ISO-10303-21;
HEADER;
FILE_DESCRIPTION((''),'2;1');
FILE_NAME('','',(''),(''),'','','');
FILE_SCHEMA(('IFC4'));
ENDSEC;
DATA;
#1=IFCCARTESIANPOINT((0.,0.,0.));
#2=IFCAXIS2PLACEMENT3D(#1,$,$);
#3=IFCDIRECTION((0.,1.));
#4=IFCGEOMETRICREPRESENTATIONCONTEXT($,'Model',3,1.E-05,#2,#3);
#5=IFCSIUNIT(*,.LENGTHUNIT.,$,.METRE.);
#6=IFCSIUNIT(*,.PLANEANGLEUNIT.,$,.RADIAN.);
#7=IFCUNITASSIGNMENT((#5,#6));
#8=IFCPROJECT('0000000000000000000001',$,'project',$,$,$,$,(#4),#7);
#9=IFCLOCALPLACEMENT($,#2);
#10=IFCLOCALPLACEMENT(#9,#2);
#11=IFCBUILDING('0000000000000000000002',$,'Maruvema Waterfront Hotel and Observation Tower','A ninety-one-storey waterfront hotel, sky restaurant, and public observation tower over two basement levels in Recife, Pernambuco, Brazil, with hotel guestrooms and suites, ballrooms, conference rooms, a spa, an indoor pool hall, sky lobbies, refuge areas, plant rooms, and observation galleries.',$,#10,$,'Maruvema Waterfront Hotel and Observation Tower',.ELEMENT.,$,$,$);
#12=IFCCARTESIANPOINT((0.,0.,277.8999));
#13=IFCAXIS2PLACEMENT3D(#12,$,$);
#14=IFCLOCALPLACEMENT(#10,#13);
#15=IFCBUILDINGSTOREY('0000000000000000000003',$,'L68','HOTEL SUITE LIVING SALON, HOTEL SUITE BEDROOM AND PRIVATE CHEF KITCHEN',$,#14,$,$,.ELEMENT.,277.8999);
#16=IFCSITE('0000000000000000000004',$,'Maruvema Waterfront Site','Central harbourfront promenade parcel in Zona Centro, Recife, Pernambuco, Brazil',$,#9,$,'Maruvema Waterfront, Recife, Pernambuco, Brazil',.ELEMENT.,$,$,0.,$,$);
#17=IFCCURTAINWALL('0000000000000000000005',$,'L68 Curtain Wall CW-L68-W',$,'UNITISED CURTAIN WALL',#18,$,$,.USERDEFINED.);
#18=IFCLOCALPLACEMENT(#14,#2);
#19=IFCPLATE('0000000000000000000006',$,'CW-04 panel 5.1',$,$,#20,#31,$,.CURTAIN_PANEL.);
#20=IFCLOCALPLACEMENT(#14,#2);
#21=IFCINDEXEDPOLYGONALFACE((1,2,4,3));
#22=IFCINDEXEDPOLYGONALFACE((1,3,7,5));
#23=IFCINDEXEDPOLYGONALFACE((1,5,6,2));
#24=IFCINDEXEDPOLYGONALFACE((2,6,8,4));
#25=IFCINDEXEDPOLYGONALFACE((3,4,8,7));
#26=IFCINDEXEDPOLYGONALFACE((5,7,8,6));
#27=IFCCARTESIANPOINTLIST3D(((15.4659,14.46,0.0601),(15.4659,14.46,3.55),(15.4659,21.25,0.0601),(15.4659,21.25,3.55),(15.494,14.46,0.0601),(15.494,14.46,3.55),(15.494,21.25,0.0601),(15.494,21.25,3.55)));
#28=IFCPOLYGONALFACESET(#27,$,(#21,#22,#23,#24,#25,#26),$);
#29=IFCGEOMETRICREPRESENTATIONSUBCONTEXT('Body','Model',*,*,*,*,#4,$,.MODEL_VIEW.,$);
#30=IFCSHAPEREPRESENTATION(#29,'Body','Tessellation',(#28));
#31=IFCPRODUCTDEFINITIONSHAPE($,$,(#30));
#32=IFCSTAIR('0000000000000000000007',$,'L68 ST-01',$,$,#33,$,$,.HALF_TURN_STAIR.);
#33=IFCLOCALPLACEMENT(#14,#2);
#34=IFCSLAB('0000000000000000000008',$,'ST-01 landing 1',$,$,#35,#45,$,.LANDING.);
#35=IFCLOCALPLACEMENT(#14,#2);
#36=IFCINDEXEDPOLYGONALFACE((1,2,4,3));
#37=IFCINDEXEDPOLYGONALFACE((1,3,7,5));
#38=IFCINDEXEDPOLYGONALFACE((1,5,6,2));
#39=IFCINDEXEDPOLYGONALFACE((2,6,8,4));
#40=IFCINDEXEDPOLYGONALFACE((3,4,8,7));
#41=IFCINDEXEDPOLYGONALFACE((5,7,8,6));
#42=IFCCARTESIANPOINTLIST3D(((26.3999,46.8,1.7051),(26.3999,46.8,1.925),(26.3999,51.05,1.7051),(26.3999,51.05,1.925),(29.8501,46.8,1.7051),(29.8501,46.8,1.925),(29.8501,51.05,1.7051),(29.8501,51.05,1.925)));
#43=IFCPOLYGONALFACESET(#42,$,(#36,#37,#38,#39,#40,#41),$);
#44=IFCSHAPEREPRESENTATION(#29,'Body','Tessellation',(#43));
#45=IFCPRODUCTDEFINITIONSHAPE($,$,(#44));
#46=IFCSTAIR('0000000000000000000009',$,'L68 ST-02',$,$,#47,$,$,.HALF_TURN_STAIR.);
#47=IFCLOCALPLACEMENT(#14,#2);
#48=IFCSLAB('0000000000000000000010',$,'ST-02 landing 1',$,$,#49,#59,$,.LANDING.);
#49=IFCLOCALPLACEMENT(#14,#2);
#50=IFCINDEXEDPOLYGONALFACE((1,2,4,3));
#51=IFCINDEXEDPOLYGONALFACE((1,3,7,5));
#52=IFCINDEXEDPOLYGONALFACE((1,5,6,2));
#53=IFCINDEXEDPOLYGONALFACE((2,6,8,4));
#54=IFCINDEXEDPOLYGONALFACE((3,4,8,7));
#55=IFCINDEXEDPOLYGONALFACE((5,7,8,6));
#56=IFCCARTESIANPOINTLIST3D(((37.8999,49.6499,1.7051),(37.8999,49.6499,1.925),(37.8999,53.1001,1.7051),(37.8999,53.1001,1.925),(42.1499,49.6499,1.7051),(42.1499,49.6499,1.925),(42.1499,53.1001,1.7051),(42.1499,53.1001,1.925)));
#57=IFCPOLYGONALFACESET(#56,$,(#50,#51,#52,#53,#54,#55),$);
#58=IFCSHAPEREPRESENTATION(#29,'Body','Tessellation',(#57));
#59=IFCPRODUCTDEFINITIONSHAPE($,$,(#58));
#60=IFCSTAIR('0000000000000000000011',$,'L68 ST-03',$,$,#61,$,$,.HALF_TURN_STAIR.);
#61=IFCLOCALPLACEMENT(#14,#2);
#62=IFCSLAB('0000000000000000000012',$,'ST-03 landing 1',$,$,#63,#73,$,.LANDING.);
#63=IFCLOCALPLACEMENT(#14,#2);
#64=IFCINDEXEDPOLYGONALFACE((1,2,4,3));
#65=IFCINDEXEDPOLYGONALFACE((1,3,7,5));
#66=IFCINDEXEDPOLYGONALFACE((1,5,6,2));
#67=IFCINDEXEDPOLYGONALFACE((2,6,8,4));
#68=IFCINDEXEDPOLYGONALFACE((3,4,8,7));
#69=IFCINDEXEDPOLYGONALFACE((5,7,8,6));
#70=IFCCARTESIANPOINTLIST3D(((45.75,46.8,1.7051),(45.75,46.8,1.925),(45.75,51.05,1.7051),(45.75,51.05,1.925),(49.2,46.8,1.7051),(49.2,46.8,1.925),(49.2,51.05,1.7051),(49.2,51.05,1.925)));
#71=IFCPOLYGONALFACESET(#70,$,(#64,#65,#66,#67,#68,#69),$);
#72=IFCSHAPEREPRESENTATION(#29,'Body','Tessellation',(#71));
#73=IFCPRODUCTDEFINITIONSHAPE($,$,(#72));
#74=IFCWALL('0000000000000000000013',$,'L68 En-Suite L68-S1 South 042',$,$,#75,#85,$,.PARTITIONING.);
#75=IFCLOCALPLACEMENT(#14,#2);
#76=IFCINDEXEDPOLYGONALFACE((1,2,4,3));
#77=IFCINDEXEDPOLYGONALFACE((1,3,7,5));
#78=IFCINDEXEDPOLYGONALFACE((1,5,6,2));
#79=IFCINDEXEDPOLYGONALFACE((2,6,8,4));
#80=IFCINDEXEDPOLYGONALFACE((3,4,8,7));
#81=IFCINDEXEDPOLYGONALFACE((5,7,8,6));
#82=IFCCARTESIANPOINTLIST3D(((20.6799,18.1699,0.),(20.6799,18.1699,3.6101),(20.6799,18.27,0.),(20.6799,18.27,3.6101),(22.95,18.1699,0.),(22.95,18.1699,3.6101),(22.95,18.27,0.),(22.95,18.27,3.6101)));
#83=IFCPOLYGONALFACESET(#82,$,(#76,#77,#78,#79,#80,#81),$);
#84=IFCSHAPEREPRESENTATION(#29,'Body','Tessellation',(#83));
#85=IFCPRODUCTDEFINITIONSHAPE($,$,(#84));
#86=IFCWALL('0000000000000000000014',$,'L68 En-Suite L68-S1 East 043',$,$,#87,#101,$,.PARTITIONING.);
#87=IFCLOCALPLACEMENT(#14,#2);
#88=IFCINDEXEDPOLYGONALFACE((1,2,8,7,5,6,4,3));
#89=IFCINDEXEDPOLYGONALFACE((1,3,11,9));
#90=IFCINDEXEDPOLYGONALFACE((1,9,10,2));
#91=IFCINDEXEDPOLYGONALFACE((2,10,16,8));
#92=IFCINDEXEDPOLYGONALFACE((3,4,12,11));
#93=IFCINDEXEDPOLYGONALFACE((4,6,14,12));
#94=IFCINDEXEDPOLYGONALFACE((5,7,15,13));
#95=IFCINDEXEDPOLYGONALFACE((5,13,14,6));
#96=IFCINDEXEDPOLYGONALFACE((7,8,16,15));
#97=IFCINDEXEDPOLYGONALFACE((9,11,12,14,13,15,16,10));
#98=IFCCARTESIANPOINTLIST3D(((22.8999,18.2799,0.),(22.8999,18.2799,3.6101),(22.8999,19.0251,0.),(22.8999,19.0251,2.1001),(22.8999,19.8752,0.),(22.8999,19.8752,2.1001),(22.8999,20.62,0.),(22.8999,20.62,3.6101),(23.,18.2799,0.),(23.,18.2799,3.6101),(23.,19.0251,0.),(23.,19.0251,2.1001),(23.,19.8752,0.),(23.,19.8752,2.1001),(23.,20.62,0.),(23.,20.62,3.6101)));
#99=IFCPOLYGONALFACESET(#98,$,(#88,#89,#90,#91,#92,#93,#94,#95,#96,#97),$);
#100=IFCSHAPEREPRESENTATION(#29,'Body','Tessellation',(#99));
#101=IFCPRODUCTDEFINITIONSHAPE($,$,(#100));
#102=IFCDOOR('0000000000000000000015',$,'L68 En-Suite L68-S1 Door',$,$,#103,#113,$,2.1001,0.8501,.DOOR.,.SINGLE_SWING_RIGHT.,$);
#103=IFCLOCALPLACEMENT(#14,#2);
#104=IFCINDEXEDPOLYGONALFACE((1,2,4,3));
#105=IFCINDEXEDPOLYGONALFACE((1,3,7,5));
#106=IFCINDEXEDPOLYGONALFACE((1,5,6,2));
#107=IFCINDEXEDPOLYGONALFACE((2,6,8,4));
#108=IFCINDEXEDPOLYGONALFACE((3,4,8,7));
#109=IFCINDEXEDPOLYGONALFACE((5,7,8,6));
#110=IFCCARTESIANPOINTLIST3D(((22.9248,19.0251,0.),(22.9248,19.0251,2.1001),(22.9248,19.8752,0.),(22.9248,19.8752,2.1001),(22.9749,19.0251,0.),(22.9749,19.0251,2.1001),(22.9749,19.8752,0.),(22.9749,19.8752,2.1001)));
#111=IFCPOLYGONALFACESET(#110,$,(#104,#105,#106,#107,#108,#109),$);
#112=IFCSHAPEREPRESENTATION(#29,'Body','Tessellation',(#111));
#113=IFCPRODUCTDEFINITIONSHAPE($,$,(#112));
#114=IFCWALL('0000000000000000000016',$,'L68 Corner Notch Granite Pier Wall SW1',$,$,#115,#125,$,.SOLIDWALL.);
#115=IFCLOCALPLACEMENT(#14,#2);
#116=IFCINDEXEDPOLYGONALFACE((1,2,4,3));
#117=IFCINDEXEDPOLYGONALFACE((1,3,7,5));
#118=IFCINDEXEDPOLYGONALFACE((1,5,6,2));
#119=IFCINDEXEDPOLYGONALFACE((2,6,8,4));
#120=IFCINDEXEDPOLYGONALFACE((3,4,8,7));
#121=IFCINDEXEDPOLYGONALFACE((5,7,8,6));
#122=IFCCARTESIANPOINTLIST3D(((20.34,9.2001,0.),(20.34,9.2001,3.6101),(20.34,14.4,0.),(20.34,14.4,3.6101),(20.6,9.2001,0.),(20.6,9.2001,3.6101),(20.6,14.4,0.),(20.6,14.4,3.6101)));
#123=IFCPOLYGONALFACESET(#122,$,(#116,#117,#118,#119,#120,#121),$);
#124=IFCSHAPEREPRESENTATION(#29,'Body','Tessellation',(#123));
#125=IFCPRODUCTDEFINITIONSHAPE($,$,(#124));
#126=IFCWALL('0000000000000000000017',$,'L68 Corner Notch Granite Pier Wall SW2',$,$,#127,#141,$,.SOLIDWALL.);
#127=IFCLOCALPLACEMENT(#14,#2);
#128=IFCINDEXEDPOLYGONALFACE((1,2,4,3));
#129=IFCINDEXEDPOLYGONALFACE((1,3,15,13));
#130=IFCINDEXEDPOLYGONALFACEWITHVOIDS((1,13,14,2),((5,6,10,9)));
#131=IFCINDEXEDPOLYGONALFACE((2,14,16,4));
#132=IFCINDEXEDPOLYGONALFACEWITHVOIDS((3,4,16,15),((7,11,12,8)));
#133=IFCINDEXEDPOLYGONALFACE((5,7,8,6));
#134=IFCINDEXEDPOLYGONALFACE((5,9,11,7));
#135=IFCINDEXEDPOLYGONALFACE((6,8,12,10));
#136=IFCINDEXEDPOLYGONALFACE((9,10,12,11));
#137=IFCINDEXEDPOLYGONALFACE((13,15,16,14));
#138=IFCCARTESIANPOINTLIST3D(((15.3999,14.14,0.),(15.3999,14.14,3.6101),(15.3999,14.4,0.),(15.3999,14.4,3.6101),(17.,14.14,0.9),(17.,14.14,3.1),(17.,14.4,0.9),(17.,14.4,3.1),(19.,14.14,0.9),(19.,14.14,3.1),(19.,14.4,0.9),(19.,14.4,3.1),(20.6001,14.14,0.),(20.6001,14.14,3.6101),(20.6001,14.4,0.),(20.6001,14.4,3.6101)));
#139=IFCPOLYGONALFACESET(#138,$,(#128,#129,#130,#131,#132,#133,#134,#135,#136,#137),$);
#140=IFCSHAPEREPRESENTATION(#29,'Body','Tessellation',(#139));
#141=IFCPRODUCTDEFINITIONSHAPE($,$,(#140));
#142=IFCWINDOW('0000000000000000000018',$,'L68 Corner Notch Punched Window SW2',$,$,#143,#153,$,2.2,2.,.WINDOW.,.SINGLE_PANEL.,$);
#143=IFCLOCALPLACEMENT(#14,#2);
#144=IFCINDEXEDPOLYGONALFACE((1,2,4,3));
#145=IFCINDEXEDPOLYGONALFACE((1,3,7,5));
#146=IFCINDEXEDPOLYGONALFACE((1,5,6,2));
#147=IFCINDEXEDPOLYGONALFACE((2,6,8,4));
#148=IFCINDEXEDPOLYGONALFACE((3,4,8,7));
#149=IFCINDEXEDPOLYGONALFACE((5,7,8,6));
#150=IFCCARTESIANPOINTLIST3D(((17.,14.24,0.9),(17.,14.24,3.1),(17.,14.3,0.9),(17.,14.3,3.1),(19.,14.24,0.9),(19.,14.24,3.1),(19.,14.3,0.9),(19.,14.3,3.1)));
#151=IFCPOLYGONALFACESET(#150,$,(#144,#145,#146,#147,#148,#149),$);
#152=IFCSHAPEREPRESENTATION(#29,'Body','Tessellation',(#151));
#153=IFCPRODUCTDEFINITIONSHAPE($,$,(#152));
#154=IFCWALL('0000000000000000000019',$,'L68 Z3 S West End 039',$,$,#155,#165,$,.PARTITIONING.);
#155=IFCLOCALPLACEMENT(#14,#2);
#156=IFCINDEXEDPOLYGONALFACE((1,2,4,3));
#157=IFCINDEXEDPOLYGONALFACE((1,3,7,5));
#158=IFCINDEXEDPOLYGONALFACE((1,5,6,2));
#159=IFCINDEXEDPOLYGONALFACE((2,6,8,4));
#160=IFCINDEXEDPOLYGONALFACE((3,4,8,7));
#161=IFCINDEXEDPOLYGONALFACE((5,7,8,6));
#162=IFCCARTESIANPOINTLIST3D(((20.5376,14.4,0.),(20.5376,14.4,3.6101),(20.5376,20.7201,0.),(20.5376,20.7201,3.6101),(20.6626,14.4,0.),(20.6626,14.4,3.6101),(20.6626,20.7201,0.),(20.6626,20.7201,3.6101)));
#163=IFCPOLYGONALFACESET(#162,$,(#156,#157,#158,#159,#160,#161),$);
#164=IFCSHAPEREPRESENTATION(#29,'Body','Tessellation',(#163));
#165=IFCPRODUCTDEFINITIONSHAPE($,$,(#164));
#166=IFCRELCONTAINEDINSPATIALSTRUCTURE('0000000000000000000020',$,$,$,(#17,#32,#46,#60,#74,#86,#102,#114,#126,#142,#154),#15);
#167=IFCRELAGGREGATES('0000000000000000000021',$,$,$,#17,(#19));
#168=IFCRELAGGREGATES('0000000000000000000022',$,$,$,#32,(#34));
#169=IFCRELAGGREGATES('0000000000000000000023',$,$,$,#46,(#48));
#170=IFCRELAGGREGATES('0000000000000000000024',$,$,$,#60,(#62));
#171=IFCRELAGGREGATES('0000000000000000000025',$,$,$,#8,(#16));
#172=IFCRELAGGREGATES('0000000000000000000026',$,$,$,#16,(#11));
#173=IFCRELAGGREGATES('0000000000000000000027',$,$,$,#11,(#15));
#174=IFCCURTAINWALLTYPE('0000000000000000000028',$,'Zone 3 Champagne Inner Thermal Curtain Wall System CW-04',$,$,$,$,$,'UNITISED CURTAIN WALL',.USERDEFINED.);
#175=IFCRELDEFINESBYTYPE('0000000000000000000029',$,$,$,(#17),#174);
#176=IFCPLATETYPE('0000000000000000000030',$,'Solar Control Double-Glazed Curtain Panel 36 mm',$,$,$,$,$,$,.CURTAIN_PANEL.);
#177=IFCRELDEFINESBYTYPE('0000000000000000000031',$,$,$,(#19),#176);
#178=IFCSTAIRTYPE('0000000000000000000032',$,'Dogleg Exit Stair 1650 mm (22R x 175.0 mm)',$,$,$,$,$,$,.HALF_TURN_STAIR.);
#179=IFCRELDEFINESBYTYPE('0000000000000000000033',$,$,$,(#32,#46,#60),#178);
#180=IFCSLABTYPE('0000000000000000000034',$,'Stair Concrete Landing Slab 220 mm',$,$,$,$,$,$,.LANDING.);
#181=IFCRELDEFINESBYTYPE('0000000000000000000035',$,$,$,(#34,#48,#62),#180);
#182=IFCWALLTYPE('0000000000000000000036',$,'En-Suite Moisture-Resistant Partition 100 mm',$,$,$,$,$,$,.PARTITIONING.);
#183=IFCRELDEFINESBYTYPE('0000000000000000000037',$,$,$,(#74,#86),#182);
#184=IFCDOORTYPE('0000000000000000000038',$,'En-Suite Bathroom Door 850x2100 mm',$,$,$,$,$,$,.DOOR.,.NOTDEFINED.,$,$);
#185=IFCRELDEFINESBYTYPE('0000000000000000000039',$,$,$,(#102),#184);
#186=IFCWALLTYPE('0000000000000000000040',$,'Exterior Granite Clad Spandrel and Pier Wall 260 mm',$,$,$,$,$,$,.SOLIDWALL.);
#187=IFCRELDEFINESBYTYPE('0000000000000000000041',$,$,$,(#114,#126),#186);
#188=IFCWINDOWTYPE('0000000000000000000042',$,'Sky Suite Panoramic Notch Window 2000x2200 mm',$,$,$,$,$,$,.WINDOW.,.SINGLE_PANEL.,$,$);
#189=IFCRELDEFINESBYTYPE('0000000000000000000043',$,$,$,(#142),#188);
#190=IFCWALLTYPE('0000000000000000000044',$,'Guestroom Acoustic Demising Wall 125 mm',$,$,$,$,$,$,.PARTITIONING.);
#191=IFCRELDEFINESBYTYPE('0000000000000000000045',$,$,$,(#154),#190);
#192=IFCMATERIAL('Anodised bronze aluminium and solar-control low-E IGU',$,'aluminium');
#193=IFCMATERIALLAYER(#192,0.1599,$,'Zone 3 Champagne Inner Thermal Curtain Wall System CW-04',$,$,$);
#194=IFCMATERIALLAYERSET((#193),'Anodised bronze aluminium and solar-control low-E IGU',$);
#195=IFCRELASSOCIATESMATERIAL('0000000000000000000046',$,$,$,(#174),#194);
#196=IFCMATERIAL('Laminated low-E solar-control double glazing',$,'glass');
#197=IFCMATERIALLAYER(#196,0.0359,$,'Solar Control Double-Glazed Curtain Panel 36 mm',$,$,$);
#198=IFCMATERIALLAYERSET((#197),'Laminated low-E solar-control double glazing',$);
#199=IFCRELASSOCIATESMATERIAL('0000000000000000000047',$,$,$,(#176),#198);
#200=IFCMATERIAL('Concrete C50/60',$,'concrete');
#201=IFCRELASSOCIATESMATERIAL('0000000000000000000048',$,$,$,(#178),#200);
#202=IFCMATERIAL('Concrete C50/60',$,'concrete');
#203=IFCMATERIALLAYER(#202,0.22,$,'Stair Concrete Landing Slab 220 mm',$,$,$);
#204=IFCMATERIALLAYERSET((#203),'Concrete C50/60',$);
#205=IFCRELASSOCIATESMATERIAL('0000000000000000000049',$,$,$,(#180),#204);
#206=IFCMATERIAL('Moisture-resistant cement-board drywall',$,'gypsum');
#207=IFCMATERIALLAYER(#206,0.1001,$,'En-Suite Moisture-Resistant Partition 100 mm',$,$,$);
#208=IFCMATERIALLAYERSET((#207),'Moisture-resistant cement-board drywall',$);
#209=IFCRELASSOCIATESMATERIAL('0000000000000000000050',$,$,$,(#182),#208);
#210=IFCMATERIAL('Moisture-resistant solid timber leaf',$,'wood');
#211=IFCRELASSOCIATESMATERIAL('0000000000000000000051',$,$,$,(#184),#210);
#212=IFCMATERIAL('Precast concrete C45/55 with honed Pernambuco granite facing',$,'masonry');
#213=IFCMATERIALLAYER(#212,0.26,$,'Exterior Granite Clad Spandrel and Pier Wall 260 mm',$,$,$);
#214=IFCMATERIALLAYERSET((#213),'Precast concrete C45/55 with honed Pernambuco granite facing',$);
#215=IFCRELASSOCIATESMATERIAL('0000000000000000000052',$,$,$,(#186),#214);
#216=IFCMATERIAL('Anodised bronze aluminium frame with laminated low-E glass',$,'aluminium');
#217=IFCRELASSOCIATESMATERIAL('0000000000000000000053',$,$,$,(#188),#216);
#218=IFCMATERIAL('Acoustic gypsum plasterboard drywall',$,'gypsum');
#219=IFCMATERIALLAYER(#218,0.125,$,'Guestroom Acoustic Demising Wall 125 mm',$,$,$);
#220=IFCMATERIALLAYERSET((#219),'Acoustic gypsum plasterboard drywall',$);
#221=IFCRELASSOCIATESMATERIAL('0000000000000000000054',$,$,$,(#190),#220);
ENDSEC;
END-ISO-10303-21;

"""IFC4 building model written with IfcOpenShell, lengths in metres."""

from ifc_helpers import new_model, si_unit, direction, frame, frame_2d, origin, origin_2d, place, context, subcontext, project, spatial, polyline, rectangle, outline, extrude, material, layer, layer_set, type_object, element, fill, aggregate, save


model = new_model("IFC4")

# Units and contexts
model_context = context("Model", 3, precision=1e-05, world=origin(), true_north=direction((0.0, 1.0)))
body_context = subcontext(model_context, "Body", "Model", "MODEL_VIEW")
ifc_project = project(units=[si_unit("LENGTHUNIT", "METRE"), si_unit("PLANEANGLEUNIT", "RADIAN")], contexts=[model_context])

# Site, building, storey
site_placement = place(None, origin())
site = spatial("IfcSite", under=ifc_project, at=site_placement, Name="Maruvema Waterfront Site", Description="Central harbourfront promenade parcel in Zona Centro, Recife, Pernambuco, Brazil", LongName="Maruvema Waterfront, Recife, Pernambuco, Brazil", CompositionType="ELEMENT", RefElevation=0.0)
building_placement = place(site_placement, origin())
building = spatial("IfcBuilding", under=site, at=building_placement, Name="Maruvema Waterfront Hotel and Observation Tower", Description="A ninety-one-storey waterfront hotel, sky restaurant, and public observation tower over two basement levels in Recife, Pernambuco, Brazil, with hotel guestrooms and suites, ballrooms, conference rooms, a spa, an indoor pool hall, sky lobbies, refuge areas, plant rooms, and observation galleries.", LongName="Maruvema Waterfront Hotel and Observation Tower", CompositionType="ELEMENT")
storey_placement = place(building_placement, frame((0.0, 0.0, 277.8999)))
storey = spatial("IfcBuildingStorey", under=building, at=storey_placement, Name="L68", Description="HOTEL SUITE LIVING SALON, HOTEL SUITE BEDROOM AND PRIVATE CHEF KITCHEN", CompositionType="ELEMENT", Elevation=277.8999)

# Shared definitions
ifc_material_1 = material(Name="Anodised bronze aluminium and solar-control low-E IGU", Category="aluminium")
ifc_layer_1 = layer(ifc_material_1, 0.1599, Name="Zone 3 Champagne Inner Thermal Curtain Wall System CW-04")
ifc_layer_set_1 = layer_set([ifc_layer_1], Name="Anodised bronze aluminium and solar-control low-E IGU")
curtain_wall_type = type_object("IfcCurtainWallType", Name="Zone 3 Champagne Inner Thermal Curtain Wall System CW-04", ElementType="UNITISED CURTAIN WALL", PredefinedType="USERDEFINED", material=ifc_layer_set_1)

# Curtain wall
curtain_wall_1_placement = place(storey_placement, origin())
curtain_wall_1 = element("IfcCurtainWall", 1, at=curtain_wall_1_placement, inside=storey, type_object=curtain_wall_type, Name="L68 Curtain Wall CW-L68-W", ObjectType="UNITISED CURTAIN WALL", PredefinedType="USERDEFINED")

# Plate
ifc_material_2 = material(Name="Laminated low-E solar-control double glazing", Category="glass")
ifc_layer_2 = layer(ifc_material_2, 0.0359, Name="Solar Control Double-Glazed Curtain Panel 36 mm")
ifc_layer_set_2 = layer_set([ifc_layer_2], Name="Laminated low-E solar-control double glazing")
plate_type = type_object("IfcPlateType", Name="Solar Control Double-Glazed Curtain Panel 36 mm", PredefinedType="CURTAIN_PANEL", material=ifc_layer_set_2)
plate_1_placement = place(storey_placement, frame((15.48, 17.855, 0.0601), z_axis=(0.0, 0.0, 1.0), x_axis=(0.0, -1.0, 0.0)))
plate_1 = element("IfcPlate", 2, at=plate_1_placement, type_object=plate_type, Name="CW-04 panel 5.1", PredefinedType="CURTAIN_PANEL", context=body_context, shape_type="SweptSolid", body=[
    extrude(rectangle(XDim=6.79, YDim=0.0281, at=origin_2d()), origin(), (0.0, 0.0, 1.0), 3.49),
])
aggregate(curtain_wall_1, [plate_1])

# Stairs, slabs
ifc_material_3 = material(Name="Concrete C50/60", Category="concrete")
stair_type = type_object("IfcStairType", Name="Dogleg Exit Stair 1650 mm (22R x 175.0 mm)", PredefinedType="HALF_TURN_STAIR", material=ifc_material_3)
stair_1_placement = place(storey_placement, origin())
stair_1 = element("IfcStair", 3, at=stair_1_placement, inside=storey, type_object=stair_type, Name="L68 ST-01", PredefinedType="HALF_TURN_STAIR")
ifc_material_4 = material(Name="Concrete C50/60", Category="concrete")
ifc_layer_3 = layer(ifc_material_4, 0.22, Name="Stair Concrete Landing Slab 220 mm")
ifc_layer_set_3 = layer_set([ifc_layer_3], Name="Concrete C50/60")
slab_type_1 = type_object("IfcSlabType", Name="Stair Concrete Landing Slab 220 mm", PredefinedType="LANDING", material=ifc_layer_set_3)
slab_1_placement = place(storey_placement, frame((0.0, 0.0, 1.7051)))
slab_1 = element("IfcSlab", 4, at=slab_1_placement, type_object=slab_type_1, Name="ST-01 landing 1", PredefinedType="LANDING", context=body_context, shape_type="SweptSolid", body=[
    extrude(outline(polyline([(29.8501, 46.8), (29.8501, 51.05), (26.3999, 51.05), (26.3999, 46.8), (29.8501, 46.8)])), origin(), (0.0, 0.0, 1.0), 0.22),
])
aggregate(stair_1, [slab_1])
stair_2_placement = place(storey_placement, origin())
stair_2 = element("IfcStair", 5, at=stair_2_placement, inside=storey, type_object=stair_type, Name="L68 ST-02", PredefinedType="HALF_TURN_STAIR")
slab_2_placement = place(storey_placement, frame((0.0, 0.0, 1.7051)))
slab_2 = element("IfcSlab", 6, at=slab_2_placement, type_object=slab_type_1, Name="ST-02 landing 1", PredefinedType="LANDING", context=body_context, shape_type="SweptSolid", body=[
    extrude(outline(polyline([(37.8999, 49.6499), (42.1499, 49.6499), (42.1499, 53.1001), (37.8999, 53.1001), (37.8999, 49.6499)])), origin(), (0.0, 0.0, 1.0), 0.22),
])
aggregate(stair_2, [slab_2])
stair_3_placement = place(storey_placement, origin())
stair_3 = element("IfcStair", 7, at=stair_3_placement, inside=storey, type_object=stair_type, Name="L68 ST-03", PredefinedType="HALF_TURN_STAIR")
slab_3_placement = place(storey_placement, frame((0.0, 0.0, 1.7051)))
slab_3 = element("IfcSlab", 8, at=slab_3_placement, type_object=slab_type_1, Name="ST-03 landing 1", PredefinedType="LANDING", context=body_context, shape_type="SweptSolid", body=[
    extrude(outline(polyline([(49.2, 46.8), (49.2, 51.05), (45.75, 51.05), (45.75, 46.8), (49.2, 46.8)])), origin(), (0.0, 0.0, 1.0), 0.22),
])
aggregate(stair_3, [slab_3])

# Wall
ifc_material_5 = material(Name="Moisture-resistant cement-board drywall", Category="gypsum")
ifc_layer_4 = layer(ifc_material_5, 0.1001, Name="En-Suite Moisture-Resistant Partition 100 mm")
ifc_layer_set_4 = layer_set([ifc_layer_4], Name="Moisture-resistant cement-board drywall")
wall_type_1 = type_object("IfcWallType", Name="En-Suite Moisture-Resistant Partition 100 mm", PredefinedType="PARTITIONING", material=ifc_layer_set_4)
wall_1_placement = place(storey_placement, frame((20.6799, 18.22, 0.0), z_axis=(0.0, 0.0, 1.0), x_axis=(1.0, 0.0, 0.0)))
element("IfcWall", 9, at=wall_1_placement, inside=storey, type_object=wall_type_1, Name="L68 En-Suite L68-S1 South 042", PredefinedType="PARTITIONING", context=body_context, shape_type="SweptSolid", body=[
    extrude(rectangle(XDim=2.27, YDim=0.1001, at=frame_2d((1.135, 0.0))), origin(), (0.0, 0.0, 1.0), 3.6101),
])

# Wall, opening, door
wall_2_placement = place(storey_placement, frame((22.95, 18.28, 0.0), z_axis=(0.0, 0.0, 1.0), x_axis=(0.0, 1.0, 0.0)))
wall_2 = element("IfcWall", 10, at=wall_2_placement, inside=storey, type_object=wall_type_1, Name="L68 En-Suite L68-S1 East 043", PredefinedType="PARTITIONING", context=body_context, shape_type="SweptSolid", body=[
    extrude(rectangle(XDim=2.3401, YDim=0.1001, at=frame_2d((1.1699, 0.0))), origin(), (0.0, 0.0, 1.0), 3.6101),
])
opening_1_placement = place(wall_2_placement, frame((0.7451, 0.0, 0.0)))
opening_1 = element("IfcOpeningElement", 11, at=opening_1_placement, cuts=wall_2, PredefinedType="OPENING", context=body_context, shape_type="SweptSolid", body=[
    extrude(rectangle(XDim=0.8501, YDim=2.1001, at=frame_2d((0.425, 1.05))), frame((0.0, 0.0601, 0.0), z_axis=(0.0, -1.0, 0.0), x_axis=(1.0, 0.0, 0.0)), (0.0, 0.0, 1.0), 0.1201),
])
ifc_material_6 = material(Name="Moisture-resistant solid timber leaf", Category="wood")
door_type = type_object("IfcDoorType", Name="En-Suite Bathroom Door 850x2100 mm", OperationType="NOTDEFINED", PredefinedType="DOOR", material=ifc_material_6)
door_placement = place(opening_1_placement, frame((0.8501, 0.0, 0.0), z_axis=(0.0, 0.0, 1.0), x_axis=(-1.0, 0.0, 0.0)))
door = element("IfcDoor", 12, at=door_placement, inside=storey, type_object=door_type, Name="L68 En-Suite L68-S1 Door", OperationType="SINGLE_SWING_RIGHT", OverallHeight=2.1001, OverallWidth=0.8501, PredefinedType="DOOR", context=body_context, shape_type="SweptSolid", body=[
    extrude(rectangle(XDim=0.8501, YDim=2.1001, at=frame_2d((0.425, 1.05))), frame((0.0, 0.0249, 0.0), z_axis=(0.0, -1.0, 0.0), x_axis=(1.0, 0.0, 0.0)), (0.0, 0.0, 1.0), 0.05),
])
fill(opening_1, door)

# Wall
ifc_material_7 = material(Name="Precast concrete C45/55 with honed Pernambuco granite facing", Category="masonry")
ifc_layer_5 = layer(ifc_material_7, 0.26, Name="Exterior Granite Clad Spandrel and Pier Wall 260 mm")
ifc_layer_set_5 = layer_set([ifc_layer_5], Name="Precast concrete C45/55 with honed Pernambuco granite facing")
wall_type_2 = type_object("IfcWallType", Name="Exterior Granite Clad Spandrel and Pier Wall 260 mm", PredefinedType="SOLIDWALL", material=ifc_layer_set_5)
wall_3_placement = place(storey_placement, frame((20.47, 9.2, 0.0), z_axis=(0.0, 0.0, 1.0), x_axis=(0.0, 1.0, 0.0)))
element("IfcWall", 13, at=wall_3_placement, inside=storey, type_object=wall_type_2, Name="L68 Corner Notch Granite Pier Wall SW1", PredefinedType="SOLIDWALL", context=body_context, shape_type="SweptSolid", body=[
    extrude(rectangle(XDim=5.2, YDim=0.26, at=frame_2d((2.6001, 0.0))), origin(), (0.0, 0.0, 1.0), 3.6101),
])

# Wall, opening, window
wall_4_placement = place(storey_placement, frame((20.6001, 14.27, 0.0), z_axis=(0.0, 0.0, 1.0), x_axis=(-1.0, 0.0, 0.0)))
wall_4 = element("IfcWall", 14, at=wall_4_placement, inside=storey, type_object=wall_type_2, Name="L68 Corner Notch Granite Pier Wall SW2", PredefinedType="SOLIDWALL", context=body_context, shape_type="SweptSolid", body=[
    extrude(rectangle(XDim=5.2002, YDim=0.26, at=frame_2d((2.6001, 0.0))), origin(), (0.0, 0.0, 1.0), 3.6101),
])
opening_2_placement = place(wall_4_placement, frame((1.6001, 0.0, 0.8999)))
opening_2 = element("IfcOpeningElement", 15, at=opening_2_placement, cuts=wall_4, PredefinedType="OPENING", context=body_context, shape_type="SweptSolid", body=[
    extrude(rectangle(XDim=2.0, YDim=2.2, at=frame_2d((1.0, 1.1001))), frame((0.0, 0.1401, 0.0), z_axis=(0.0, -1.0, 0.0), x_axis=(1.0, 0.0, 0.0)), (0.0, 0.0, 1.0), 0.28),
])
ifc_material_8 = material(Name="Anodised bronze aluminium frame with laminated low-E glass", Category="aluminium")
window_type = type_object("IfcWindowType", Name="Sky Suite Panoramic Notch Window 2000x2200 mm", PartitioningType="SINGLE_PANEL", PredefinedType="WINDOW", material=ifc_material_8)
window_placement = place(opening_2_placement, origin())
window = element("IfcWindow", 16, at=window_placement, inside=storey, type_object=window_type, Name="L68 Corner Notch Punched Window SW2", OverallHeight=2.2, OverallWidth=2.0, PartitioningType="SINGLE_PANEL", PredefinedType="WINDOW", context=body_context, shape_type="SweptSolid", body=[
    extrude(rectangle(XDim=2.0, YDim=2.2, at=frame_2d((1.0, 1.1001))), frame((0.0, 0.03, 0.0), z_axis=(0.0, -1.0, 0.0), x_axis=(1.0, 0.0, 0.0)), (0.0, 0.0, 1.0), 0.0601),
])
fill(opening_2, window)

# Wall
ifc_material_9 = material(Name="Acoustic gypsum plasterboard drywall", Category="gypsum")
ifc_layer_6 = layer(ifc_material_9, 0.125, Name="Guestroom Acoustic Demising Wall 125 mm")
ifc_layer_set_6 = layer_set([ifc_layer_6], Name="Acoustic gypsum plasterboard drywall")
wall_type_3 = type_object("IfcWallType", Name="Guestroom Acoustic Demising Wall 125 mm", PredefinedType="PARTITIONING", material=ifc_layer_set_6)
wall_5_placement = place(storey_placement, frame((20.6001, 14.3999, 0.0), z_axis=(0.0, 0.0, 1.0), x_axis=(0.0, 1.0, 0.0)))
element("IfcWall", 17, at=wall_5_placement, inside=storey, type_object=wall_type_3, Name="L68 Z3 S West End 039", PredefinedType="PARTITIONING", context=body_context, shape_type="SweptSolid", body=[
    extrude(rectangle(XDim=6.3201, YDim=0.125, at=frame_2d((3.1602, 0.0))), origin(), (0.0, 0.0, 1.0), 3.6101),
])

save(model, "model.ifc")
